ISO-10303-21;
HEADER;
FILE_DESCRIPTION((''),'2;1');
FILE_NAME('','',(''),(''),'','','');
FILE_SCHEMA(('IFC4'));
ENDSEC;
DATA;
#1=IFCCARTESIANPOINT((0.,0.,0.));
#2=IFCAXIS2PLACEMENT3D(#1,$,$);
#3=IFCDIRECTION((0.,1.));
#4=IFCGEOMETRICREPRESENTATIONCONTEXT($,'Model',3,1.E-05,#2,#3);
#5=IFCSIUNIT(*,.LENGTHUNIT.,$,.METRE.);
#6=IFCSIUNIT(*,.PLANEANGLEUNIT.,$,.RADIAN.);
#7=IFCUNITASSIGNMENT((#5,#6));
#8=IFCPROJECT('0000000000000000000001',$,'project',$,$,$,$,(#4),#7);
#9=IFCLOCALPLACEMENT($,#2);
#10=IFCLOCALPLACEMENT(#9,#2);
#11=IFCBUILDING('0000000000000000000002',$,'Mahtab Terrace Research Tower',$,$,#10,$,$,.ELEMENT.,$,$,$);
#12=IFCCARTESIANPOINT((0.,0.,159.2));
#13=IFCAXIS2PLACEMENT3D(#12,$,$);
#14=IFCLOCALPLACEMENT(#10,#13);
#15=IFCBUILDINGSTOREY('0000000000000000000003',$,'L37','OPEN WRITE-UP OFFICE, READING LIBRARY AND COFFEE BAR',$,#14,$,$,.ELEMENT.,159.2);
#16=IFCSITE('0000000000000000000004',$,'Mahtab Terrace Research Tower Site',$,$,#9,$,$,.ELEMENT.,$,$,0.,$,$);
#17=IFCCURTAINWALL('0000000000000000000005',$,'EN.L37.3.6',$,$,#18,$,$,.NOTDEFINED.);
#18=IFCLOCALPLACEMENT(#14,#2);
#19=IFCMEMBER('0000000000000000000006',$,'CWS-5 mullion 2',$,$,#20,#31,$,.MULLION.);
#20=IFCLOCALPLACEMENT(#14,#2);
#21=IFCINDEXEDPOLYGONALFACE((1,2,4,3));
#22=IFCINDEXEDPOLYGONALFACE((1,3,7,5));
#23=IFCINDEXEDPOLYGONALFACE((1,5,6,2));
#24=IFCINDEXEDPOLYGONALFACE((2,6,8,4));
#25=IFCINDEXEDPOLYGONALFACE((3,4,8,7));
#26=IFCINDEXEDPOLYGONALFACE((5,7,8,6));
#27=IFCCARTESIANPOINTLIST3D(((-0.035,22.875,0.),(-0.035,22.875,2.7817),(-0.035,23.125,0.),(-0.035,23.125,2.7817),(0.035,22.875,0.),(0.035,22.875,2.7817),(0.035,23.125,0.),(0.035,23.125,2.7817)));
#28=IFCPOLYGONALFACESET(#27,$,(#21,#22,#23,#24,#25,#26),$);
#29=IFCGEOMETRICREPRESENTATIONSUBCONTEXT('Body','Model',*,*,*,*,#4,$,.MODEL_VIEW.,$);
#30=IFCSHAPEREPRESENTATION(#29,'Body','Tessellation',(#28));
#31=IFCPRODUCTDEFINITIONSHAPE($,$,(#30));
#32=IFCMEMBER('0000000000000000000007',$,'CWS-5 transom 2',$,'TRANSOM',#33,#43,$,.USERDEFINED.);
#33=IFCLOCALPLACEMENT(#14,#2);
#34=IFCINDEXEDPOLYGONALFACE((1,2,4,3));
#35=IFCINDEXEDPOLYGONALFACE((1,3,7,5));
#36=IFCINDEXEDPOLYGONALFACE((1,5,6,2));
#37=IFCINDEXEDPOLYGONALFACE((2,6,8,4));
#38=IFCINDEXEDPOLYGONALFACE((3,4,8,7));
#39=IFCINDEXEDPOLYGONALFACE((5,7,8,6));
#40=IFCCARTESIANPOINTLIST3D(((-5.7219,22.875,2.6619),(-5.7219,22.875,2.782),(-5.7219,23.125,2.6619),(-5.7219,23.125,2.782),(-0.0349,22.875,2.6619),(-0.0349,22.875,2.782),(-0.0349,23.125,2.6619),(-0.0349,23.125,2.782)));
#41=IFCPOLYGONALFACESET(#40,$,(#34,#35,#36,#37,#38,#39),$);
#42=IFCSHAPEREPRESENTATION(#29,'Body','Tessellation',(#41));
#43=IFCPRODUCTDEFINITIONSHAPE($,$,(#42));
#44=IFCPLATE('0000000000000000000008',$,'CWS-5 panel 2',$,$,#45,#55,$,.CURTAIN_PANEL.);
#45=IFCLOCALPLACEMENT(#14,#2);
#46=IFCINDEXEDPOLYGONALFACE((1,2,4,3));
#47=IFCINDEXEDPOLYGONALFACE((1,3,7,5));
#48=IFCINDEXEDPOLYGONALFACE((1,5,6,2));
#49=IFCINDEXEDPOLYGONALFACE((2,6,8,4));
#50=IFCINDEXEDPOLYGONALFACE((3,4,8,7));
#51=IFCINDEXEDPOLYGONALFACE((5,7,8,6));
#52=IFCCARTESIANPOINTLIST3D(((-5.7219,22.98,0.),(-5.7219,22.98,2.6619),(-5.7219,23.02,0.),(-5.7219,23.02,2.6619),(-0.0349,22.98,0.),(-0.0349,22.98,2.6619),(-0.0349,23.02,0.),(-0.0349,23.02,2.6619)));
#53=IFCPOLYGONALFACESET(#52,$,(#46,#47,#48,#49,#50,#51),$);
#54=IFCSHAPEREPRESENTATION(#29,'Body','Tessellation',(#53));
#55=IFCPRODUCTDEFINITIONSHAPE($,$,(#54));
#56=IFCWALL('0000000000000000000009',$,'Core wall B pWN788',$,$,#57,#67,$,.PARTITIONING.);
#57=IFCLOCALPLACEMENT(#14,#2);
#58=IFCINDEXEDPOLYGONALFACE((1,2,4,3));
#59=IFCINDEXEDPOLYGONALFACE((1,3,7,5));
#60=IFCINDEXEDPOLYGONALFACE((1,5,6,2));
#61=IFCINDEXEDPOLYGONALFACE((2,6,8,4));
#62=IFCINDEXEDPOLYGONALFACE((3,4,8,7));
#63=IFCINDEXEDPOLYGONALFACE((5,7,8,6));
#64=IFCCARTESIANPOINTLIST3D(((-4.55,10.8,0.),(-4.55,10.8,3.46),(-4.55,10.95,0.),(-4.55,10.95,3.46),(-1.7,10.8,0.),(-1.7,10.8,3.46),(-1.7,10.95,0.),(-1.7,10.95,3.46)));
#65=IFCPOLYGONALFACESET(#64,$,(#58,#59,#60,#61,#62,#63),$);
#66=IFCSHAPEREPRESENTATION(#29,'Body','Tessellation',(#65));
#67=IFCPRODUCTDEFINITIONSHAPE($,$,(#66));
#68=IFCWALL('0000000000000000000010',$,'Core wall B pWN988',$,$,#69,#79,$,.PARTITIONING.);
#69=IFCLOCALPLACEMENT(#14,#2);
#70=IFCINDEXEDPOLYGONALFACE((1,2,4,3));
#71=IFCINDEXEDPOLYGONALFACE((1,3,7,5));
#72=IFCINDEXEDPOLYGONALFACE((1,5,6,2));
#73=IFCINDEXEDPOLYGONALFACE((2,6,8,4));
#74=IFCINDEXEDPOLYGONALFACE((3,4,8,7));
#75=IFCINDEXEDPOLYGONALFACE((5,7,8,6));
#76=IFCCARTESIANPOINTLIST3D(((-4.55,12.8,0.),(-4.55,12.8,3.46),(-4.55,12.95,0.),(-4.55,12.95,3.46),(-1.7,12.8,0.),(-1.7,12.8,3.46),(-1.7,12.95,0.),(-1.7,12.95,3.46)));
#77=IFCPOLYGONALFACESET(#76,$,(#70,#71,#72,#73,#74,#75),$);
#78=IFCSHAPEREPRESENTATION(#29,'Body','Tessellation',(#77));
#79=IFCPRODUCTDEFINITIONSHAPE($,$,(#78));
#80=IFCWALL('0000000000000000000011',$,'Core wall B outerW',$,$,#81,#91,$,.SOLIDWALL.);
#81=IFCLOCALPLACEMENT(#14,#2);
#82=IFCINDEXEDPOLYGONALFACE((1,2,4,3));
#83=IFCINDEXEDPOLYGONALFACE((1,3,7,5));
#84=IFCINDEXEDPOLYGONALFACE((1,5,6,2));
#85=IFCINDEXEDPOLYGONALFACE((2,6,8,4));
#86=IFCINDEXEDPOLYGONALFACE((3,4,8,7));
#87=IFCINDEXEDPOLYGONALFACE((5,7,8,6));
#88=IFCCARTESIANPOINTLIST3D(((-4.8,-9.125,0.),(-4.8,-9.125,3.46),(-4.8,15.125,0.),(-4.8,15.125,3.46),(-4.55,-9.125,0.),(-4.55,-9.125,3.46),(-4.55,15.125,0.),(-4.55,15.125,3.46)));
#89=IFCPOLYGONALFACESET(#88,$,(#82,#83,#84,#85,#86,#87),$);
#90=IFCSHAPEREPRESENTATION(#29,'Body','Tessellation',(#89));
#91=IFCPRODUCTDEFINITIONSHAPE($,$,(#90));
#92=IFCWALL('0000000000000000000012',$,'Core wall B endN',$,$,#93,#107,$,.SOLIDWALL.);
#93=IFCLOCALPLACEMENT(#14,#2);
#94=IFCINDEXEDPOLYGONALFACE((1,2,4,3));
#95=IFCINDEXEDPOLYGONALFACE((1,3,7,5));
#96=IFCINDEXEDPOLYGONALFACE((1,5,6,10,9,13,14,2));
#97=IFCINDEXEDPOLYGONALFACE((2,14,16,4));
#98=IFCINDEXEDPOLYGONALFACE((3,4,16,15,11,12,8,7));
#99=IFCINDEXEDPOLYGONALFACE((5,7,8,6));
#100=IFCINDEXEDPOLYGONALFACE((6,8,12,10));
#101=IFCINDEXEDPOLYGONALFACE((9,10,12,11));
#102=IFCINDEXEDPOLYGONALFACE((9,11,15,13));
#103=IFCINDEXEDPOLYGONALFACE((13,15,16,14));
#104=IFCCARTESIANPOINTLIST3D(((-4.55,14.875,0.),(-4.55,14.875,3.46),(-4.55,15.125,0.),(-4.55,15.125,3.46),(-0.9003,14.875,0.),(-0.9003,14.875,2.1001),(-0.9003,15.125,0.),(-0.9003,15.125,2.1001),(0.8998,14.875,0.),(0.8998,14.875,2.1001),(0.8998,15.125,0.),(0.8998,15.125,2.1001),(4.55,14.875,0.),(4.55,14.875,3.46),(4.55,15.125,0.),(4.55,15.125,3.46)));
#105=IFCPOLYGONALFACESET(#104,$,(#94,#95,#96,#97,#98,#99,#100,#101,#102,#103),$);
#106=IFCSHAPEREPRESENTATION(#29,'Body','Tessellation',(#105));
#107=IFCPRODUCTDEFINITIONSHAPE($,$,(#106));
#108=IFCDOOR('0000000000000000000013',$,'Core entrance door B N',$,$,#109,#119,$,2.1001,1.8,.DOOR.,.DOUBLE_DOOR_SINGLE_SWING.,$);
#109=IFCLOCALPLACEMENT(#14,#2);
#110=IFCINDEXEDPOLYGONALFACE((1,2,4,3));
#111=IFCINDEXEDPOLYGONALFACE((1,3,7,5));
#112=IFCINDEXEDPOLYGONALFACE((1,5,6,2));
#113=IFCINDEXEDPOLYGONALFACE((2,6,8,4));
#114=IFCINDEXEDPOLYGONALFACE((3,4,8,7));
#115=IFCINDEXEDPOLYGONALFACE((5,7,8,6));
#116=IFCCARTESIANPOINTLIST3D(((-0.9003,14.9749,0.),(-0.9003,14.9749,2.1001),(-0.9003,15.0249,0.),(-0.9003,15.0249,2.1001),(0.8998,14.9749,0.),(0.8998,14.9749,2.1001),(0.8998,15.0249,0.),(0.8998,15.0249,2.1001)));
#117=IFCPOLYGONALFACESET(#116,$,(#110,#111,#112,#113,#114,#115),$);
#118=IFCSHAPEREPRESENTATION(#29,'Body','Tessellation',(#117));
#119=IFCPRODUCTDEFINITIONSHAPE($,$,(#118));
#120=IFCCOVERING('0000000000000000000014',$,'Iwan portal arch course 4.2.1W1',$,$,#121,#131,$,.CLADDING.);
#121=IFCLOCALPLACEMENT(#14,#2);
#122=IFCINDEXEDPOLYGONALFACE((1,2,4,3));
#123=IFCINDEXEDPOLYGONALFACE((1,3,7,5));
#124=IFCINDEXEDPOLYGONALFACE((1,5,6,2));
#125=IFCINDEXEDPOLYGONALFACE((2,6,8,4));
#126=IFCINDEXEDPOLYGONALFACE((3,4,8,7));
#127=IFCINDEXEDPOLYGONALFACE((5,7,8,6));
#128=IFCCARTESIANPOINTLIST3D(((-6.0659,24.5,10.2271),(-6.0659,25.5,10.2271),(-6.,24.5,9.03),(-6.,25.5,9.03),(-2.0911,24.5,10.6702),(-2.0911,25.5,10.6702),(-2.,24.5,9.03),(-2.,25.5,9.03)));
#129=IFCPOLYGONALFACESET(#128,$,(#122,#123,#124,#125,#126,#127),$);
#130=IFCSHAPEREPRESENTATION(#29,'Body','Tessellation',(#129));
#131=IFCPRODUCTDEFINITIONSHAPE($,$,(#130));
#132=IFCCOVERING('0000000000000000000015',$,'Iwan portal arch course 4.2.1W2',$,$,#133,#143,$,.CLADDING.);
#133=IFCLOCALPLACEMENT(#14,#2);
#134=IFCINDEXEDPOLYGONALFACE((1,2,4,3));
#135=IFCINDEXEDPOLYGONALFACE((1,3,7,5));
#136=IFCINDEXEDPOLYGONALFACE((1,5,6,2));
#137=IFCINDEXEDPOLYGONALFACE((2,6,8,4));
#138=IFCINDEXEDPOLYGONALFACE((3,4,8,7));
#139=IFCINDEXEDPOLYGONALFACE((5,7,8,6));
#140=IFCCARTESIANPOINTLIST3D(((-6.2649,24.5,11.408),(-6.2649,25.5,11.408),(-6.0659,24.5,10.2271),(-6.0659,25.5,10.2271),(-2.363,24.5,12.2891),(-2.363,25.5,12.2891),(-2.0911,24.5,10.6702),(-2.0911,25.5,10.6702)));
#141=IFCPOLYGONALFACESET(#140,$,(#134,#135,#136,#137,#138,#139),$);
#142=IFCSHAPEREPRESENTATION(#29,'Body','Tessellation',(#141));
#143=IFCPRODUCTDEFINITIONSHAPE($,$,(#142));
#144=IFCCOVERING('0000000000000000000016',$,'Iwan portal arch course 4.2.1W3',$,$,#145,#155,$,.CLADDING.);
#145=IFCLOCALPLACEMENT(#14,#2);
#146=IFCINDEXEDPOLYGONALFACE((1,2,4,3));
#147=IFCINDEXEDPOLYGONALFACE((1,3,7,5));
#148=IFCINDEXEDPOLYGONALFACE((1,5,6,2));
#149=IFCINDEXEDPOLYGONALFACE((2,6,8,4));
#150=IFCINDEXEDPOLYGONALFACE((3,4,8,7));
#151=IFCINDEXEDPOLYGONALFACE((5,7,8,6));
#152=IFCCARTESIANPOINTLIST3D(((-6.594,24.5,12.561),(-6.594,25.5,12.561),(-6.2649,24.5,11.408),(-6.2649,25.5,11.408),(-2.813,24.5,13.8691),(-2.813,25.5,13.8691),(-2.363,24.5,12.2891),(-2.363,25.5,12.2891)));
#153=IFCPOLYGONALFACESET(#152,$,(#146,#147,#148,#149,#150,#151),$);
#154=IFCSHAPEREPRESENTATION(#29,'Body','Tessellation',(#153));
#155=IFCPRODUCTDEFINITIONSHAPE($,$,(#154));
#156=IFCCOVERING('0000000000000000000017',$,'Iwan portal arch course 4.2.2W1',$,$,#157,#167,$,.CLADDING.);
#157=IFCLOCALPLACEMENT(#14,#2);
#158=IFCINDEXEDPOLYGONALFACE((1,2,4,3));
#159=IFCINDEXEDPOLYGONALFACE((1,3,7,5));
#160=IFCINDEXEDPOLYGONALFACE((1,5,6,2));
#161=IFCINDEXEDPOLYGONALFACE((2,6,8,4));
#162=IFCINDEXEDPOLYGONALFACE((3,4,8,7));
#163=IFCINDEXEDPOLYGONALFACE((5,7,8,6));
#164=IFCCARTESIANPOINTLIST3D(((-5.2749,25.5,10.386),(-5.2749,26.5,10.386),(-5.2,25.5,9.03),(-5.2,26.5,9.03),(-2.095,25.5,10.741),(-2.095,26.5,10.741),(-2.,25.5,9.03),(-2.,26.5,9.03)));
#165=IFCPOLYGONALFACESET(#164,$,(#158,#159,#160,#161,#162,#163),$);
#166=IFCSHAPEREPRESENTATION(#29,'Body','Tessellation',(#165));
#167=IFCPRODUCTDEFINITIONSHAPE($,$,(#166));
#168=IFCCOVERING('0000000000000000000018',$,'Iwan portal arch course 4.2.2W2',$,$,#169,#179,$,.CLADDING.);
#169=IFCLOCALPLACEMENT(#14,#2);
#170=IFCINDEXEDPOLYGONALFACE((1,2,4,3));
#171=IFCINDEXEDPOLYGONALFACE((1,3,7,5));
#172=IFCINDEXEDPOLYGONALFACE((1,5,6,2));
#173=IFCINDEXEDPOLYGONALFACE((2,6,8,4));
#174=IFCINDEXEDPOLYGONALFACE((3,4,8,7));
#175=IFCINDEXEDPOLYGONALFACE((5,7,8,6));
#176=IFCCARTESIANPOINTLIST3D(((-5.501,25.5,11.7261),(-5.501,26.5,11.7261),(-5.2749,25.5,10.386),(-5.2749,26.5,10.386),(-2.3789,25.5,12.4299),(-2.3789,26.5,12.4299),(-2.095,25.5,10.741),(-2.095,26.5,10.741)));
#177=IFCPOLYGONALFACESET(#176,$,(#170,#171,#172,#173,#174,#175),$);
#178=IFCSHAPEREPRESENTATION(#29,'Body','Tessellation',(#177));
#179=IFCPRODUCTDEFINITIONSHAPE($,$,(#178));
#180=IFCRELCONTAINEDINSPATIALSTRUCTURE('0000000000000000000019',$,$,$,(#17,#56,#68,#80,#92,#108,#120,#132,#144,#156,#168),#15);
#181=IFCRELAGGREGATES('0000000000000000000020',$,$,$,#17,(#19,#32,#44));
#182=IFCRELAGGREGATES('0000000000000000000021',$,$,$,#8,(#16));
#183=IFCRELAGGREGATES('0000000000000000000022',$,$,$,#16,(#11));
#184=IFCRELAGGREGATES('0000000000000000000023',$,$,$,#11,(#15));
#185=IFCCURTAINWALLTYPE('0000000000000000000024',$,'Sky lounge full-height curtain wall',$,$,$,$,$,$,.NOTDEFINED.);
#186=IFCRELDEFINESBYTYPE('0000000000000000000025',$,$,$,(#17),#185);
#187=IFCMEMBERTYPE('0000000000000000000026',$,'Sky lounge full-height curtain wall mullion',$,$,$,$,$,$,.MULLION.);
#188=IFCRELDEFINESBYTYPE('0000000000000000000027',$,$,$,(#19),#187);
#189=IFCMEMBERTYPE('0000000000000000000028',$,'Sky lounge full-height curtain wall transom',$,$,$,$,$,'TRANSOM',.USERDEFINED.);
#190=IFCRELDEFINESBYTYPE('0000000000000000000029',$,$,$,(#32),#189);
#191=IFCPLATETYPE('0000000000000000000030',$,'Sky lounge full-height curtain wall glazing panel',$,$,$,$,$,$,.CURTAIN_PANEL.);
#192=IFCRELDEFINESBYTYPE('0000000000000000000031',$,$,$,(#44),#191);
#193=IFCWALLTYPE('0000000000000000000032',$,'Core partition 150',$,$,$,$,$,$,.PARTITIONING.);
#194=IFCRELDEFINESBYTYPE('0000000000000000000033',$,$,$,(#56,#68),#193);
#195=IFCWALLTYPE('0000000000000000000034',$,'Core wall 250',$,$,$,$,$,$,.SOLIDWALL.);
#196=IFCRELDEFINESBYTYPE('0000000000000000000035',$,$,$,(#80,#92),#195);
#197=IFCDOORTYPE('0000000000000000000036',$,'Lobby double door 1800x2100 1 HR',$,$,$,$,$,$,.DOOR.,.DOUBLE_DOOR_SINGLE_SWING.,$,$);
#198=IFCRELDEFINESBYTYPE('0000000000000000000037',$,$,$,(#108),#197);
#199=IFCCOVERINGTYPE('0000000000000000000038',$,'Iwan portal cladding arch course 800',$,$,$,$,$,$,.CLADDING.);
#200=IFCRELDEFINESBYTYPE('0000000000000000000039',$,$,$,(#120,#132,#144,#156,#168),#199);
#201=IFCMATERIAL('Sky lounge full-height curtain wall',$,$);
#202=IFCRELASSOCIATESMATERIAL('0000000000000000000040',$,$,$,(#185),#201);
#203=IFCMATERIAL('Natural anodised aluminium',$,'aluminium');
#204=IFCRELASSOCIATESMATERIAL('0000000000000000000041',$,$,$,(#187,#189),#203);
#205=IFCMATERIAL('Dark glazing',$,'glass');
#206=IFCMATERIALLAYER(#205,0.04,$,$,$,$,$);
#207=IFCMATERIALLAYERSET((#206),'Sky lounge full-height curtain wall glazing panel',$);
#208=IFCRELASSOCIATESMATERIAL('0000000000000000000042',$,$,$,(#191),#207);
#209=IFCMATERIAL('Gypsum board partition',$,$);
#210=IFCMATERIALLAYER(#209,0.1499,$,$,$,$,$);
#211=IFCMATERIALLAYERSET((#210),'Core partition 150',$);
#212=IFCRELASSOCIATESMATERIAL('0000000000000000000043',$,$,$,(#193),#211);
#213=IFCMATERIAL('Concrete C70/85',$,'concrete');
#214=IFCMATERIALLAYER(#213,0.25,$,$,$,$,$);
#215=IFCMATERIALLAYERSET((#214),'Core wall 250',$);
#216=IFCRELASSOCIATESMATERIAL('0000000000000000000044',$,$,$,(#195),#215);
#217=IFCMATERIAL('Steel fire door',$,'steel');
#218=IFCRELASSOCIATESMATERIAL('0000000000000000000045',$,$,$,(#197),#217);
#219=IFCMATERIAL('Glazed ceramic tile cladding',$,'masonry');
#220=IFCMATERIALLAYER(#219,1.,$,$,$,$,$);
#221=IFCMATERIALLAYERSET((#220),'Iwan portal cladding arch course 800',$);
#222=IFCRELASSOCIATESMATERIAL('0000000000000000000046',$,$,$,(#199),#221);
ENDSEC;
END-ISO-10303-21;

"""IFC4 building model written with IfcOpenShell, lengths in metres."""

from ifc_helpers import new_model, si_unit, direction, frame, frame_2d, origin, origin_2d, place, context, subcontext, project, spatial, polyline, rectangle, outline, extrude, material, layer, layer_set, material_profile, profile_set, type_object, element, fill, aggregate, save


model = new_model("IFC4")

# Units and contexts
model_context = context("Model", 3, precision=1e-05, world=origin(), true_north=direction((0.0, 1.0)))
body_context = subcontext(model_context, "Body", "Model", "MODEL_VIEW")
ifc_project = project(units=[si_unit("LENGTHUNIT", "METRE"), si_unit("PLANEANGLEUNIT", "RADIAN")], contexts=[model_context])

# Site, building, storey
site_placement = place(None, origin())
site = spatial("IfcSite", under=ifc_project, at=site_placement, Name="Mahtab Terrace Research Tower Site", CompositionType="ELEMENT", RefElevation=0.0)
building_placement = place(site_placement, origin())
building = spatial("IfcBuilding", under=site, at=building_placement, Name="Mahtab Terrace Research Tower", CompositionType="ELEMENT")
storey_placement = place(building_placement, frame((0.0, 0.0, 159.2)))
storey = spatial("IfcBuildingStorey", under=building, at=storey_placement, Name="L37", Description="OPEN WRITE-UP OFFICE, READING LIBRARY AND COFFEE BAR", CompositionType="ELEMENT", Elevation=159.2)

# Curtain wall, members, plate
ifc_material_1 = material(Name="Sky lounge full-height curtain wall")
curtain_wall_type = type_object("IfcCurtainWallType", Name="Sky lounge full-height curtain wall", PredefinedType="NOTDEFINED", material=ifc_material_1)
curtain_wall_placement = place(storey_placement, origin())
curtain_wall = element("IfcCurtainWall", 1, at=curtain_wall_placement, inside=storey, type_object=curtain_wall_type, Name="EN.L37.3.6", PredefinedType="NOTDEFINED")
ifc_material_2 = material(Name="Natural anodised aluminium", Category="aluminium")
ifc_material_profile_1 = material_profile(ifc_material_2, rectangle(XDim=0.25, YDim=0.0701, at=origin_2d()), Name="MULLION 70x250")
ifc_profile_set_1 = profile_set([ifc_material_profile_1], Name="Natural anodised aluminium")
member_type_1 = type_object("IfcMemberType", Name="Sky lounge full-height curtain wall mullion", PredefinedType="MULLION", material=ifc_profile_set_1)
member_1_placement = place(storey_placement, frame((0.0, 23.0, 0.0), z_axis=(0.0, 0.0, 1.0), x_axis=(0.0, -1.0, 0.0)))
member_1 = element("IfcMember", 2, at=member_1_placement, type_object=member_type_1, Name="CWS-5 mullion 2", PredefinedType="MULLION", context=body_context, shape_type="SweptSolid", body=[
    extrude(rectangle(XDim=0.25, YDim=0.0701, at=origin_2d()), origin(), (0.0, 0.0, 1.0), 2.7817),
])
ifc_material_profile_2 = material_profile(ifc_material_2, rectangle(XDim=0.25, YDim=0.1201, at=origin_2d()), Name="TRANSOM 120x250")
ifc_profile_set_2 = profile_set([ifc_material_profile_2], Name="Natural anodised aluminium")
member_type_2 = type_object("IfcMemberType", Name="Sky lounge full-height curtain wall transom", ElementType="TRANSOM", PredefinedType="USERDEFINED", material=ifc_profile_set_2)
member_2_placement = place(storey_placement, frame((-0.0349, 23.0, 2.7219), z_axis=(-1.0, 0.0, 0.0), x_axis=(0.0, -1.0, 0.0)))
member_2 = element("IfcMember", 3, at=member_2_placement, type_object=member_type_2, Name="CWS-5 transom 2", ObjectType="TRANSOM", PredefinedType="USERDEFINED", context=body_context, shape_type="SweptSolid", body=[
    extrude(rectangle(XDim=0.25, YDim=0.1201, at=origin_2d()), origin(), (0.0, 0.0, 1.0), 5.687),
])
ifc_material_3 = material(Name="Dark glazing", Category="glass")
ifc_layer_1 = layer(ifc_material_3, 0.04)
ifc_layer_set_1 = layer_set([ifc_layer_1], Name="Sky lounge full-height curtain wall glazing panel")
plate_type = type_object("IfcPlateType", Name="Sky lounge full-height curtain wall glazing panel", PredefinedType="CURTAIN_PANEL", material=ifc_layer_set_1)
plate_placement = place(storey_placement, frame((-2.8784, 23.0, 0.0), z_axis=(0.0, 0.0, 1.0), x_axis=(-1.0, 0.0, 0.0)))
plate = element("IfcPlate", 4, at=plate_placement, type_object=plate_type, Name="CWS-5 panel 2", PredefinedType="CURTAIN_PANEL", context=body_context, shape_type="SweptSolid", body=[
    extrude(rectangle(XDim=5.687, YDim=0.04, at=origin_2d()), origin(), (0.0, 0.0, 1.0), 2.6619),
])
aggregate(curtain_wall, [member_1, member_2, plate])

# Walls
ifc_material_4 = material(Name="Gypsum board partition")
ifc_layer_2 = layer(ifc_material_4, 0.1499)
ifc_layer_set_2 = layer_set([ifc_layer_2], Name="Core partition 150")
wall_type_1 = type_object("IfcWallType", Name="Core partition 150", PredefinedType="PARTITIONING", material=ifc_layer_set_2)
for number, where, z_axis, x_axis, name in (
    (5, (-4.55, 10.875, 0.0), (0.0, 0.0, 1.0), (1.0, 0.0, 0.0), "Core wall B pWN788"),
    (6, (-4.55, 12.875, 0.0), (0.0, 0.0, 1.0), (1.0, 0.0, 0.0), "Core wall B pWN988"),
):
    element("IfcWall", number, at=place(storey_placement, frame(where, z_axis=z_axis, x_axis=x_axis)), inside=storey, type_object=wall_type_1, Name=name, PredefinedType="PARTITIONING", context=body_context, shape_type="SweptSolid", body=[
        extrude(rectangle(XDim=2.8501, YDim=0.1499, at=frame_2d((1.425, 0.0))), origin(), (0.0, 0.0, 1.0), 3.46),
    ])
ifc_material_5 = material(Name="Concrete C70/85", Category="concrete")
ifc_layer_3 = layer(ifc_material_5, 0.25)
ifc_layer_set_3 = layer_set([ifc_layer_3], Name="Core wall 250")
wall_type_2 = type_object("IfcWallType", Name="Core wall 250", PredefinedType="SOLIDWALL", material=ifc_layer_set_3)
wall_1_placement = place(storey_placement, frame((-4.675, 15.125, 0.0), z_axis=(0.0, 0.0, 1.0), x_axis=(0.0, -1.0, 0.0)))
element("IfcWall", 7, at=wall_1_placement, inside=storey, type_object=wall_type_2, Name="Core wall B outerW", PredefinedType="SOLIDWALL", context=body_context, shape_type="SweptSolid", body=[
    extrude(rectangle(XDim=24.25, YDim=0.25, at=frame_2d((12.125, 0.0))), origin(), (0.0, 0.0, 1.0), 3.46),
])

# Wall, opening, door
wall_2_placement = place(storey_placement, frame((-4.55, 15.0, 0.0), z_axis=(0.0, 0.0, 1.0), x_axis=(1.0, 0.0, 0.0)))
wall_2 = element("IfcWall", 8, at=wall_2_placement, inside=storey, type_object=wall_type_2, Name="Core wall B endN", PredefinedType="SOLIDWALL", context=body_context, shape_type="SweptSolid", body=[
    extrude(rectangle(XDim=9.1001, YDim=0.25, at=frame_2d((4.55, 0.0))), origin(), (0.0, 0.0, 1.0), 3.46),
])
opening_placement = place(wall_2_placement, frame((3.6499, 0.0, 0.0)))
opening = element("IfcOpeningElement", 9, at=opening_placement, cuts=wall_2, PredefinedType="OPENING", context=body_context, shape_type="SweptSolid", body=[
    extrude(rectangle(XDim=1.8, YDim=2.1001, at=frame_2d((0.8999, 1.05))), frame((0.0, 0.135, 0.0), z_axis=(0.0, -1.0, 0.0), x_axis=(1.0, 0.0, 0.0)), (0.0, 0.0, 1.0), 0.27),
])
ifc_material_6 = material(Name="Steel fire door", Category="steel")
door_type = type_object("IfcDoorType", Name="Lobby double door 1800x2100 1 HR", OperationType="DOUBLE_DOOR_SINGLE_SWING", PredefinedType="DOOR", material=ifc_material_6)
door_placement = place(opening_placement, origin())
door = element("IfcDoor", 10, at=door_placement, inside=storey, type_object=door_type, Name="Core entrance door B N", OperationType="DOUBLE_DOOR_SINGLE_SWING", OverallHeight=2.1001, OverallWidth=1.8, PredefinedType="DOOR", context=body_context, shape_type="SweptSolid", body=[
    extrude(rectangle(XDim=1.8, YDim=2.1001, at=frame_2d((0.8999, 1.05))), frame((0.0, 0.0249, 0.0), z_axis=(0.0, -1.0, 0.0), x_axis=(1.0, 0.0, 0.0)), (0.0, 0.0, 1.0), 0.05),
])
fill(opening, door)

# Coverings
ifc_material_7 = material(Name="Glazed ceramic tile cladding", Category="masonry")
ifc_layer_4 = layer(ifc_material_7, 1.0)
ifc_layer_set_4 = layer_set([ifc_layer_4], Name="Iwan portal cladding arch course 800")
covering_type_1 = type_object("IfcCoveringType", Name="Iwan portal cladding arch course 800", PredefinedType="CLADDING", material=ifc_layer_set_4)
covering_1_placement = place(storey_placement, frame((-2.0, 24.5, 9.03), z_axis=(0.0, -1.0, 0.0), x_axis=(-0.055437, 0.0, 0.998462)))
element("IfcCovering", 11, at=covering_1_placement, inside=storey, type_object=covering_type_1, Name="Iwan portal arch course 4.2.1W1", PredefinedType="CLADDING", context=body_context, shape_type="SweptSolid", body=[
    extrude(outline(polyline([(0.0, 0.0), (1.6427, 0.0), (1.4206, 3.9933), (0.2217, 3.9938), (0.0, 0.0)])), origin(), (0.0, 0.0, -1.0), 1.0),
])
covering_2_placement = place(storey_placement, frame((-2.0911, 24.5, 10.6702), z_axis=(0.0, -1.0, 0.0), x_axis=(-0.165677, 0.0, 0.98618)))
element("IfcCovering", 12, at=covering_2_placement, inside=storey, type_object=covering_type_1, Name="Iwan portal arch course 4.2.1W2", PredefinedType="CLADDING", context=body_context, shape_type="SweptSolid", body=[
    extrude(outline(polyline([(0.0, 0.0), (1.6416, 0.0), (1.4191, 3.9939), (0.2216, 3.9933), (0.0, 0.0)])), origin(), (0.0, 0.0, -1.0), 1.0),
])
covering_3_placement = place(storey_placement, frame((-2.363, 24.5, 12.2891), z_axis=(0.0, -1.0, 0.0), x_axis=(-0.273877, 0.0, 0.961765)))
element("IfcCovering", 13, at=covering_3_placement, inside=storey, type_object=covering_type_1, Name="Iwan portal arch course 4.2.1W3", PredefinedType="CLADDING", context=body_context, shape_type="SweptSolid", body=[
    extrude(outline(polyline([(0.0, 0.0), (1.6429, 0.0), (1.4203, 3.9947), (0.2212, 3.994), (0.0, 0.0)])), origin(), (0.0, 0.0, -1.0), 1.0),
])
covering_4_placement = place(storey_placement, frame((-2.0, 25.5, 9.03), z_axis=(0.0, -1.0, 0.0), x_axis=(-0.055423, 0.0, 0.998463)))
element("IfcCovering", 14, at=covering_4_placement, inside=storey, type_object=covering_type_1, Name="Iwan portal arch course 4.2.2W1", PredefinedType="CLADDING", context=body_context, shape_type="SweptSolid", body=[
    extrude(outline(polyline([(0.0, 0.0), (1.7136, 0.0), (1.5354, 3.1947), (0.1773, 3.195), (0.0, 0.0)])), origin(), (0.0, 0.0, -1.0), 1.0),
])
covering_5_placement = place(storey_placement, frame((-2.095, 25.5, 10.741), z_axis=(0.0, -1.0, 0.0), x_axis=(-0.165786, 0.0, 0.986162)))
element("IfcCovering", 15, at=covering_5_placement, inside=storey, type_object=covering_type_1, Name="Iwan portal arch course 4.2.2W2", PredefinedType="CLADDING", context=body_context, shape_type="SweptSolid", body=[
    extrude(outline(polyline([(0.0, 0.0), (1.7127, 0.0), (1.5361, 3.1956), (0.1771, 3.1948), (0.0, 0.0)])), origin(), (0.0, 0.0, -1.0), 1.0),
])

save(model, "model.ifc")
